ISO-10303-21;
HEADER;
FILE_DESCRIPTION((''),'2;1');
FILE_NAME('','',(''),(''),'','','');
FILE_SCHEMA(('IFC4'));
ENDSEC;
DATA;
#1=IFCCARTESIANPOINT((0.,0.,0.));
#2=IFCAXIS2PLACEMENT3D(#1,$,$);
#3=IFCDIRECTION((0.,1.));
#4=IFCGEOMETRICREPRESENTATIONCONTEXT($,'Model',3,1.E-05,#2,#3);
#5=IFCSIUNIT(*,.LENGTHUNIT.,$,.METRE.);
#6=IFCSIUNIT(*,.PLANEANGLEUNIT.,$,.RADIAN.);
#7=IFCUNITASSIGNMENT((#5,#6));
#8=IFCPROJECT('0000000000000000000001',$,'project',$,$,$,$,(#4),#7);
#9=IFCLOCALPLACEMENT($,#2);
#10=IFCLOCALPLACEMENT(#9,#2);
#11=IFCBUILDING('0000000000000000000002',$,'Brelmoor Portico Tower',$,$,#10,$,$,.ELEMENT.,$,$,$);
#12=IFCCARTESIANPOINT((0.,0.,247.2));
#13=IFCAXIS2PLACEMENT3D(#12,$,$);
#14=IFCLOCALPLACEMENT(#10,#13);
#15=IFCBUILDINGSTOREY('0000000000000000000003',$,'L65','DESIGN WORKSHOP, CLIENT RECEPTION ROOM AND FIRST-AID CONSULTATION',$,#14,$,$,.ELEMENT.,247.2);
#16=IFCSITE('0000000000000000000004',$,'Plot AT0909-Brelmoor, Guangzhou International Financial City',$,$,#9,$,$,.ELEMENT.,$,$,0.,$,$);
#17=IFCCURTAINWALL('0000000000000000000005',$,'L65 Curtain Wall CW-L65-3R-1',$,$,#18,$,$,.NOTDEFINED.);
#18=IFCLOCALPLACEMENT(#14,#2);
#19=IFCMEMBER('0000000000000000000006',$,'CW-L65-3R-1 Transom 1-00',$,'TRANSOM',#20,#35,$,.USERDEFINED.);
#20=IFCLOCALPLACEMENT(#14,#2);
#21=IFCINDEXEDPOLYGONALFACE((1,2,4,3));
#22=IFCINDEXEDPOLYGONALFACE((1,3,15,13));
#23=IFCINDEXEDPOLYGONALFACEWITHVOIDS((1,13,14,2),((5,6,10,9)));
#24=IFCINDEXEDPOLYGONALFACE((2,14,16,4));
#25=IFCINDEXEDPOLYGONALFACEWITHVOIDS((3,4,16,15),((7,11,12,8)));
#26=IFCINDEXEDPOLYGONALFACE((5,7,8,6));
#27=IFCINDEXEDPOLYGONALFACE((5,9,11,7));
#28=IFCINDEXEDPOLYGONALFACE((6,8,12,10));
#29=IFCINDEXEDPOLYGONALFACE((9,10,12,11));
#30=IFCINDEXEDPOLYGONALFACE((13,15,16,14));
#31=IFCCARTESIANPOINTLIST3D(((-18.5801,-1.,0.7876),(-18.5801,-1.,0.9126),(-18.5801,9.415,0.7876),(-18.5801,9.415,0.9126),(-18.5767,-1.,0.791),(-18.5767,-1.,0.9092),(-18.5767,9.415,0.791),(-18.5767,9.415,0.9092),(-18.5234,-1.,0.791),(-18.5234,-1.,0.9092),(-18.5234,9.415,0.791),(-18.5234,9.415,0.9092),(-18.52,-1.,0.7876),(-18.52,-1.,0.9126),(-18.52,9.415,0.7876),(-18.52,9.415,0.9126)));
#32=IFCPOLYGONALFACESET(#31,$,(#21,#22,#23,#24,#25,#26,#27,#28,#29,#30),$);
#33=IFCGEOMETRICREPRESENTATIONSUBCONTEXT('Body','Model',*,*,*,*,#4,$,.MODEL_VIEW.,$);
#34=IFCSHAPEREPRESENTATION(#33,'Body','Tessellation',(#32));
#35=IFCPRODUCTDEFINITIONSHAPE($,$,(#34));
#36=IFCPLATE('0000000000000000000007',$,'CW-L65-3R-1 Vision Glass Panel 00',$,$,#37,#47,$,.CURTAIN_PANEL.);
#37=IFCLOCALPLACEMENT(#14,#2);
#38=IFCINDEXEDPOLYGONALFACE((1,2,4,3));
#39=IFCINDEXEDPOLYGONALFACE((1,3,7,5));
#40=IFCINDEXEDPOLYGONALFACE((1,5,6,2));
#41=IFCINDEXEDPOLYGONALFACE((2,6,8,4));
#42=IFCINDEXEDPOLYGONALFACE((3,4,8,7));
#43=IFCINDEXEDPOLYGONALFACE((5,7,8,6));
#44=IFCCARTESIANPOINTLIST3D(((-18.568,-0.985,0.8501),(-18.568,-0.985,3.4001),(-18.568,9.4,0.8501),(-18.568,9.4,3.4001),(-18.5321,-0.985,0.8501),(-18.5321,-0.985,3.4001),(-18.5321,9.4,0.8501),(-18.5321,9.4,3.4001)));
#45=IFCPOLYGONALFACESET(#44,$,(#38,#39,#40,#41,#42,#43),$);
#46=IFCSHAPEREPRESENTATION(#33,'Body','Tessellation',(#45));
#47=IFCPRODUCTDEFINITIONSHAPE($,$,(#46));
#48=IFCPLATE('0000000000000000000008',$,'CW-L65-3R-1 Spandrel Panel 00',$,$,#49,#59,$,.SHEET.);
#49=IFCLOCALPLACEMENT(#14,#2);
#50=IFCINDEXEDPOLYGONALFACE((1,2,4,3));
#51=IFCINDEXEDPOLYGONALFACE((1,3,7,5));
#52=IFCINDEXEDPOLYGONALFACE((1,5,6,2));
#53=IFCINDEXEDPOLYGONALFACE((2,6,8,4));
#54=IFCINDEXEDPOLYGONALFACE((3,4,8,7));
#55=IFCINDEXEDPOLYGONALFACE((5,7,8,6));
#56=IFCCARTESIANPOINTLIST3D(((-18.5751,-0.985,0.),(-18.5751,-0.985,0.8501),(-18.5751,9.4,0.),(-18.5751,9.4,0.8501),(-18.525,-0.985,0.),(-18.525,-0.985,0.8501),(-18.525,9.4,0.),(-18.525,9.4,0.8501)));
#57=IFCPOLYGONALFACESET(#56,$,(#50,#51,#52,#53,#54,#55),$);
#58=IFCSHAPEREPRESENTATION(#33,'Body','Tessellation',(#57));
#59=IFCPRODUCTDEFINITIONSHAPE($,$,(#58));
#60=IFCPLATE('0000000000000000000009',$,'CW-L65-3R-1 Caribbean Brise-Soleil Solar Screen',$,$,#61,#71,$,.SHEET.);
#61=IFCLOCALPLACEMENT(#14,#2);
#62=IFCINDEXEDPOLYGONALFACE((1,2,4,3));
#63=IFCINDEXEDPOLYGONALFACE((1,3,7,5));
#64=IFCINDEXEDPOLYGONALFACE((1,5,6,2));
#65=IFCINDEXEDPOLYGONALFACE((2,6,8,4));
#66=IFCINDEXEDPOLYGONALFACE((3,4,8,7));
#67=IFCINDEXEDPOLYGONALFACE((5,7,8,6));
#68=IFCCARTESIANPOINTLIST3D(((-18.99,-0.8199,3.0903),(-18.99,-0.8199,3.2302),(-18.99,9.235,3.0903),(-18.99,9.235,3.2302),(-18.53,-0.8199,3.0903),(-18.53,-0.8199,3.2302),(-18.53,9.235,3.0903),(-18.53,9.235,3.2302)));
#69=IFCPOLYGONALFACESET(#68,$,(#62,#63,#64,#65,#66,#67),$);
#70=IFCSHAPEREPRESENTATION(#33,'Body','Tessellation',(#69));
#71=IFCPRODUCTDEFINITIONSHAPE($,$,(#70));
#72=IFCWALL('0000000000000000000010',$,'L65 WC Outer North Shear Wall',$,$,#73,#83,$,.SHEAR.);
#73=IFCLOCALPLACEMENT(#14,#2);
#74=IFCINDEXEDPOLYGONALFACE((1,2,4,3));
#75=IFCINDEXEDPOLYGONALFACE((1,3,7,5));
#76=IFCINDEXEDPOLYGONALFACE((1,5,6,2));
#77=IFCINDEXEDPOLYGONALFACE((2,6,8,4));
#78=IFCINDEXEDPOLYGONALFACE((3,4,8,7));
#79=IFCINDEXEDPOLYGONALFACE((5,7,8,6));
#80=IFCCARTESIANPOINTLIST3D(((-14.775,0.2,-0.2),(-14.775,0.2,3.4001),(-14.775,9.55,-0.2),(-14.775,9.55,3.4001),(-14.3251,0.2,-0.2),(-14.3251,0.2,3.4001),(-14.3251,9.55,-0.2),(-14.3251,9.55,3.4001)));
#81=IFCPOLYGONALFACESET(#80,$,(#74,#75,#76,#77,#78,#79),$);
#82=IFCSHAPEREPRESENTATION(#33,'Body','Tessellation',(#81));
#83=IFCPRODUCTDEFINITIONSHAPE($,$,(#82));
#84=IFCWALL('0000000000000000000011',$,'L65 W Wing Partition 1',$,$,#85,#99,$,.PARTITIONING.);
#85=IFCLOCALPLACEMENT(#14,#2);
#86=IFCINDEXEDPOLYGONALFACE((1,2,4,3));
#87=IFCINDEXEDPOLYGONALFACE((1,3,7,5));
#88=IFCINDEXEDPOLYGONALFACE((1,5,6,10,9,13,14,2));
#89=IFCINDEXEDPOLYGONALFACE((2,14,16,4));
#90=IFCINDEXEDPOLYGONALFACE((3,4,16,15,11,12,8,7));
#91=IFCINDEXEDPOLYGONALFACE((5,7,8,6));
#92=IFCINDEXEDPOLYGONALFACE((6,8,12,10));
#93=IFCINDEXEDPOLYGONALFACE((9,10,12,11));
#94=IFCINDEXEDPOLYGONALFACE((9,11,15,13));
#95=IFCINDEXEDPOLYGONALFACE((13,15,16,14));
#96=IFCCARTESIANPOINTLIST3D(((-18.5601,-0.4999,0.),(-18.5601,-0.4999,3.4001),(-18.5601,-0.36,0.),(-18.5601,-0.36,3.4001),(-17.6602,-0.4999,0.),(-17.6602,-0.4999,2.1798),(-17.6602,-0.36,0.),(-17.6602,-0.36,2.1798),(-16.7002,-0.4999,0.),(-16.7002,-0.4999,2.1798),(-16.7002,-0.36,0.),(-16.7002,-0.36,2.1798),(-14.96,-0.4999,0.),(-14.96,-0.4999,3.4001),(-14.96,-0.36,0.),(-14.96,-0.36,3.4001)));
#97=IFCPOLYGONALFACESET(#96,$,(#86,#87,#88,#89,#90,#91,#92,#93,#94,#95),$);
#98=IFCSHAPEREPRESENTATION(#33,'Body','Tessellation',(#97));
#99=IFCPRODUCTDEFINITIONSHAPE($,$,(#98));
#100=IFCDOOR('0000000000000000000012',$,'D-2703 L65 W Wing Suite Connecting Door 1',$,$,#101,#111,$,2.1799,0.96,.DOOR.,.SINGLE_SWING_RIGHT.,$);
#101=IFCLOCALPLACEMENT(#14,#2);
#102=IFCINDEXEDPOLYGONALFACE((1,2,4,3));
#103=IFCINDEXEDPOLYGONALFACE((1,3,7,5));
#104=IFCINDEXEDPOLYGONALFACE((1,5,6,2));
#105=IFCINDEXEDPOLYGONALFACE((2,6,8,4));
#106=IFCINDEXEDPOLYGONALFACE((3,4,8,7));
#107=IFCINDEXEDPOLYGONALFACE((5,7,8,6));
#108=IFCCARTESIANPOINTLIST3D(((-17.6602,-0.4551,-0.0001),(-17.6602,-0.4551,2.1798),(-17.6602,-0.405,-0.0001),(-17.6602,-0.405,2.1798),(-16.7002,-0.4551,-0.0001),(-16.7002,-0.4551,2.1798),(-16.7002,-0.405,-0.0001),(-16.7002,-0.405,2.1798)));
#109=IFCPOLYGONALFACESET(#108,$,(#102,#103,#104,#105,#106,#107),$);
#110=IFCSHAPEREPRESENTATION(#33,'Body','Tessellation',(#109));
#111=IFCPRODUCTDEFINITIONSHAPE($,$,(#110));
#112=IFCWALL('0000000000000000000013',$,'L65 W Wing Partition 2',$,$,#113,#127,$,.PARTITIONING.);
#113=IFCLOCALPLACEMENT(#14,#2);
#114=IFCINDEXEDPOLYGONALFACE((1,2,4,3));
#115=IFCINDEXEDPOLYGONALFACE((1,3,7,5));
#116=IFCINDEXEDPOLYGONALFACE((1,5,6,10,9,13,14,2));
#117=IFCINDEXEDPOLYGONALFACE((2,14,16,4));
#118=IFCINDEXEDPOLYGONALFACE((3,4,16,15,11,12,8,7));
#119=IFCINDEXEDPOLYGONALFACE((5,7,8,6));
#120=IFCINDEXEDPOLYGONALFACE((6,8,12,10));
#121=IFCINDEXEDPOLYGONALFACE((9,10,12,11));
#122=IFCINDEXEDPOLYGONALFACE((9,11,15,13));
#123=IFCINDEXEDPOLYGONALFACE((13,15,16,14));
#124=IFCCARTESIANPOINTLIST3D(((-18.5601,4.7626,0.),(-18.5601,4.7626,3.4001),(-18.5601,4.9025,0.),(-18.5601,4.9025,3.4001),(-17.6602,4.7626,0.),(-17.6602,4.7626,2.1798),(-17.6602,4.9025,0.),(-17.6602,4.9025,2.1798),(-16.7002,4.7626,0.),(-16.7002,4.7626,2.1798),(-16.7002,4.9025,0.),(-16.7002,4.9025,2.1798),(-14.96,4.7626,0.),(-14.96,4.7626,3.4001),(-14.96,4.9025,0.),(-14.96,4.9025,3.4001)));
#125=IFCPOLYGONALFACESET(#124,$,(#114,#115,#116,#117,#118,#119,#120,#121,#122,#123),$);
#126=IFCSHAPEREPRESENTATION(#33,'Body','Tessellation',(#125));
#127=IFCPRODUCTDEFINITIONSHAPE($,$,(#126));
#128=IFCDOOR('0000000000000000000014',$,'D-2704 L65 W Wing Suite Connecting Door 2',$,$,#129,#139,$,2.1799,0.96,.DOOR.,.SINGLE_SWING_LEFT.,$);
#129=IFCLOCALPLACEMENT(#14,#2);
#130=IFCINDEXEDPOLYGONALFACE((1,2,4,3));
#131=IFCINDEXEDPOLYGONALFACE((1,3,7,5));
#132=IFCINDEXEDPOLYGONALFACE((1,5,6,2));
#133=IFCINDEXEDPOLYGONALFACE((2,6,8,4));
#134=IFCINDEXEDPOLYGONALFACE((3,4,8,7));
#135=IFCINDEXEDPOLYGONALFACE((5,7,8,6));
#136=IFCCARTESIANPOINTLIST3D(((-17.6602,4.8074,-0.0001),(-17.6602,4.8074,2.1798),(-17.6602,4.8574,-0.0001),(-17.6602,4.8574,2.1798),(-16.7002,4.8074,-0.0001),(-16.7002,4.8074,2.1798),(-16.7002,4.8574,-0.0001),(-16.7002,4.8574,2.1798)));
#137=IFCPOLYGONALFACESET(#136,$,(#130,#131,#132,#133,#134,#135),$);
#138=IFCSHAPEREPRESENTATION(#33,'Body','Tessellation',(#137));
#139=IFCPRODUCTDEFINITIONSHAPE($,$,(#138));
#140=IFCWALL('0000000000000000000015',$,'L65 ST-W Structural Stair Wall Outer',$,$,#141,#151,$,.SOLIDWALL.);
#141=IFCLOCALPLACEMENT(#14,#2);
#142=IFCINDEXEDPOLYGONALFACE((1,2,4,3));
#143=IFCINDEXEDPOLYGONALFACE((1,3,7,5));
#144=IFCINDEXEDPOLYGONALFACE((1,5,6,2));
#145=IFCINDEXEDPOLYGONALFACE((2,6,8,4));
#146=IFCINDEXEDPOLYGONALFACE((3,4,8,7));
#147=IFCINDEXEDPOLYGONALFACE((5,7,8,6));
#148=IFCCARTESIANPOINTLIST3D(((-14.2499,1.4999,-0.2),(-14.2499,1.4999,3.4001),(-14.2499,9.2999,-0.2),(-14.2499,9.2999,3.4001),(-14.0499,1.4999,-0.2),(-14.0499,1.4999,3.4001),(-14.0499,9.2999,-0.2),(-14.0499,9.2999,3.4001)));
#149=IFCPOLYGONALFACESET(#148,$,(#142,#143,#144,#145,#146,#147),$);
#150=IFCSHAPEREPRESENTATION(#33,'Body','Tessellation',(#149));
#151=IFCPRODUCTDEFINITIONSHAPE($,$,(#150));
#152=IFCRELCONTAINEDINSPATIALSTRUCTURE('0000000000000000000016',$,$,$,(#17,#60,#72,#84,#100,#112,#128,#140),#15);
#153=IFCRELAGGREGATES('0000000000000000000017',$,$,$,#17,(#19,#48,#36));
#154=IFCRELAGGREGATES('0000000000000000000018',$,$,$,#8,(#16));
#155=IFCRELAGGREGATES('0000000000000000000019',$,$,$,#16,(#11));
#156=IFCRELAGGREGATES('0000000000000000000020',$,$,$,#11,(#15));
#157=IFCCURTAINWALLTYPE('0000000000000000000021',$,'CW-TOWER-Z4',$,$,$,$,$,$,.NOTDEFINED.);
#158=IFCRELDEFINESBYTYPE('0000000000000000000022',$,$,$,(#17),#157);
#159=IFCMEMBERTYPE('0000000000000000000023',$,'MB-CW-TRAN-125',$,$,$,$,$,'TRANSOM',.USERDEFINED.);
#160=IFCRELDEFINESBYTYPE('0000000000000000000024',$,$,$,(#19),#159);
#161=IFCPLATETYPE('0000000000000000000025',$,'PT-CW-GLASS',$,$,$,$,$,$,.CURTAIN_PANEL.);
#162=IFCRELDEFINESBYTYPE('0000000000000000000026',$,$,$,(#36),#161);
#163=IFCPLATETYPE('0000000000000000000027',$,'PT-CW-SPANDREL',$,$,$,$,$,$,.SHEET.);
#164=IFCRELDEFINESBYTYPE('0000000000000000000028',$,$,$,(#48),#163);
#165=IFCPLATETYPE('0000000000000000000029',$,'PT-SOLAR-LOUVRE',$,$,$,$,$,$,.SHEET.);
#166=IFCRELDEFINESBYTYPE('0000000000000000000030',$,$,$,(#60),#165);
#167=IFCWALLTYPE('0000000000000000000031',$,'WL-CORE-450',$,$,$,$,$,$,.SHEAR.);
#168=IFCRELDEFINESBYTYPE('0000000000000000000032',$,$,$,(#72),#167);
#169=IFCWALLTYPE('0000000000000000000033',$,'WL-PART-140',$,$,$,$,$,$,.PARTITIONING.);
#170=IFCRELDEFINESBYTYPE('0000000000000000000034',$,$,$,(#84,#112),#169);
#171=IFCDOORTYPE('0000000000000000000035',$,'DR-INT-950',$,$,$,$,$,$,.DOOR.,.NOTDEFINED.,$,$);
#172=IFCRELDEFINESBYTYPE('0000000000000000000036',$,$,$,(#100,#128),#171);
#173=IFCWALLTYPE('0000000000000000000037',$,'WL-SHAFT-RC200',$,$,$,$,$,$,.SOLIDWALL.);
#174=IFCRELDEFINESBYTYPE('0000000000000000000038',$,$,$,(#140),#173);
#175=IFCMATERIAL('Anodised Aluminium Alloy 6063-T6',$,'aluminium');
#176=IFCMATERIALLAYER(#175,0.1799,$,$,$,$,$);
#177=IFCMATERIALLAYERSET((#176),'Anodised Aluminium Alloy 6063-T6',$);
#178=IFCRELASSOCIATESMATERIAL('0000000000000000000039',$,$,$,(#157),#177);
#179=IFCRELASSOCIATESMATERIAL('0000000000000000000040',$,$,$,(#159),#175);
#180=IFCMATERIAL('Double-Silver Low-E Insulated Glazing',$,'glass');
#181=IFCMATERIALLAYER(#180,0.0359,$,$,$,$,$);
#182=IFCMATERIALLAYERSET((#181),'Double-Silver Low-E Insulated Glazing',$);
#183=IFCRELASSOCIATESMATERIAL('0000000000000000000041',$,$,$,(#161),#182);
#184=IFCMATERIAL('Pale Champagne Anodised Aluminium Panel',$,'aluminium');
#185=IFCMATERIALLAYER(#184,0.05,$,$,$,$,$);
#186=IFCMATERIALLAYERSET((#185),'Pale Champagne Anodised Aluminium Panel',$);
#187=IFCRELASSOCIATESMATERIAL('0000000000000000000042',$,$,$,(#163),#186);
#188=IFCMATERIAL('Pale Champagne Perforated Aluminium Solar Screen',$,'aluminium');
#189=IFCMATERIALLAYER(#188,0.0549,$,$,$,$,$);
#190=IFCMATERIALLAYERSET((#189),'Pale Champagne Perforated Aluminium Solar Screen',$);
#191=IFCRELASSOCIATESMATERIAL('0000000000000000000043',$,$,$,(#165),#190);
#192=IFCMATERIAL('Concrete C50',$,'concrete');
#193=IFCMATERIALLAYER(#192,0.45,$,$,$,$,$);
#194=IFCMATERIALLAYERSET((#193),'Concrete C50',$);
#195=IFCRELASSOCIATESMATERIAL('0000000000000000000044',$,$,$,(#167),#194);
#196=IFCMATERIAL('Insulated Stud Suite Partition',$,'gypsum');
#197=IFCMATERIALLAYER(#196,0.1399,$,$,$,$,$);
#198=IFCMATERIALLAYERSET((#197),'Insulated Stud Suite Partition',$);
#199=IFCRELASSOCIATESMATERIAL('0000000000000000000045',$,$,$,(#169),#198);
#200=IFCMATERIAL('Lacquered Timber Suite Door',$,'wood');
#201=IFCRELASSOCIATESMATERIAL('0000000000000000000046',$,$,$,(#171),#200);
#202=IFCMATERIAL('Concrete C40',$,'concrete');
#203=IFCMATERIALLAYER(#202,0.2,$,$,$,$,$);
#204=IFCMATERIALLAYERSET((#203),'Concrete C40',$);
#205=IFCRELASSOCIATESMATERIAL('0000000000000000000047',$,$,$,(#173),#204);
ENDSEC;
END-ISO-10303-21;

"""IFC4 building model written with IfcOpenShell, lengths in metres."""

from ifc_helpers import new_model, si_unit, direction, frame, frame_2d, origin, origin_2d, place, context, subcontext, project, spatial, rectangle, hollow_rectangle, extrude, material, layer, layer_set, material_profile, profile_set, type_object, element, fill, aggregate, save


model = new_model("IFC4")

# Units and contexts
model_context = context("Model", 3, precision=1e-05, world=origin(), true_north=direction((0.0, 1.0)))
body_context = subcontext(model_context, "Body", "Model", "MODEL_VIEW")
ifc_project = project(units=[si_unit("LENGTHUNIT", "METRE"), si_unit("PLANEANGLEUNIT", "RADIAN")], contexts=[model_context])

# Site, building, storey
site_placement = place(None, origin())
site = spatial("IfcSite", under=ifc_project, at=site_placement, Name="Plot AT0909-Brelmoor, Guangzhou International Financial City", CompositionType="ELEMENT", RefElevation=0.0)
building_placement = place(site_placement, origin())
building = spatial("IfcBuilding", under=site, at=building_placement, Name="Brelmoor Portico Tower", CompositionType="ELEMENT")
storey_placement = place(building_placement, frame((0.0, 0.0, 247.2)))
storey = spatial("IfcBuildingStorey", under=building, at=storey_placement, Name="L65", Description="DESIGN WORKSHOP, CLIENT RECEPTION ROOM AND FIRST-AID CONSULTATION", CompositionType="ELEMENT", Elevation=247.2)

# Curtain wall, member, plates
ifc_material_1 = material(Name="Anodised Aluminium Alloy 6063-T6", Category="aluminium")
ifc_layer_1 = layer(ifc_material_1, 0.1799)
ifc_layer_set_1 = layer_set([ifc_layer_1], Name="Anodised Aluminium Alloy 6063-T6")
curtain_wall_type = type_object("IfcCurtainWallType", Name="CW-TOWER-Z4", PredefinedType="NOTDEFINED", material=ifc_layer_set_1)
curtain_wall_placement = place(storey_placement, origin())
curtain_wall = element("IfcCurtainWall", 1, at=curtain_wall_placement, inside=storey, type_object=curtain_wall_type, Name="L65 Curtain Wall CW-L65-3R-1", PredefinedType="NOTDEFINED")
ifc_material_profile_1 = material_profile(ifc_material_1, hollow_rectangle(XDim=0.0601, YDim=0.125, WallThickness=0.0034, at=origin_2d()), Name="ALU TRANSOM 60x125")
ifc_profile_set_1 = profile_set([ifc_material_profile_1], Name="Anodised Aluminium Alloy 6063-T6")
member_type_1 = type_object("IfcMemberType", Name="MB-CW-TRAN-125", ElementType="TRANSOM", PredefinedType="USERDEFINED", material=ifc_profile_set_1)
member_1_placement = place(storey_placement, frame((-18.55, -1.0, 0.8501), z_axis=(0.0, 1.0, 0.0), x_axis=(-1.0, 0.0, 0.0)))
member_1 = element("IfcMember", 2, at=member_1_placement, type_object=member_type_1, Name="CW-L65-3R-1 Transom 1-00", ObjectType="TRANSOM", PredefinedType="USERDEFINED", context=body_context, shape_type="SweptSolid", body=[
    extrude(hollow_rectangle(XDim=0.0601, YDim=0.125, WallThickness=0.0034, at=origin_2d()), origin(), (0.0, 0.0, 1.0), 10.415),
])
ifc_material_2 = material(Name="Double-Silver Low-E Insulated Glazing", Category="glass")
ifc_layer_2 = layer(ifc_material_2, 0.0359)
ifc_layer_set_2 = layer_set([ifc_layer_2], Name="Double-Silver Low-E Insulated Glazing")
plate_type_1 = type_object("IfcPlateType", Name="PT-CW-GLASS", PredefinedType="CURTAIN_PANEL", material=ifc_layer_set_2)
plate_1_placement = place(storey_placement, frame((-18.55, 4.2075, 0.8501), z_axis=(0.0, 0.0, 1.0), x_axis=(0.0, 1.0, 0.0)))
plate_1 = element("IfcPlate", 3, at=plate_1_placement, type_object=plate_type_1, Name="CW-L65-3R-1 Vision Glass Panel 00", PredefinedType="CURTAIN_PANEL", context=body_context, shape_type="SweptSolid", body=[
    extrude(rectangle(XDim=10.385, YDim=0.0359, at=origin_2d()), origin(), (0.0, 0.0, 1.0), 2.55),
])
ifc_material_3 = material(Name="Pale Champagne Anodised Aluminium Panel", Category="aluminium")
ifc_layer_3 = layer(ifc_material_3, 0.05)
ifc_layer_set_3 = layer_set([ifc_layer_3], Name="Pale Champagne Anodised Aluminium Panel")
plate_type_2 = type_object("IfcPlateType", Name="PT-CW-SPANDREL", PredefinedType="SHEET", material=ifc_layer_set_3)
plate_2_placement = place(storey_placement, frame((-18.55, 4.2075, 0.0), z_axis=(0.0, 0.0, 1.0), x_axis=(0.0, 1.0, 0.0)))
plate_2 = element("IfcPlate", 4, at=plate_2_placement, type_object=plate_type_2, Name="CW-L65-3R-1 Spandrel Panel 00", PredefinedType="SHEET", context=body_context, shape_type="SweptSolid", body=[
    extrude(rectangle(XDim=10.385, YDim=0.05, at=origin_2d()), origin(), (0.0, 0.0, 1.0), 0.8501),
])
aggregate(curtain_wall, [member_1, plate_2, plate_1])

# Plate
ifc_material_4 = material(Name="Pale Champagne Perforated Aluminium Solar Screen", Category="aluminium")
ifc_layer_4 = layer(ifc_material_4, 0.0549)
ifc_layer_set_4 = layer_set([ifc_layer_4], Name="Pale Champagne Perforated Aluminium Solar Screen")
plate_type_3 = type_object("IfcPlateType", Name="PT-SOLAR-LOUVRE", PredefinedType="SHEET", material=ifc_layer_set_4)
plate_3_placement = place(storey_placement, frame((-18.76, 4.2075, 3.0903), z_axis=(0.0, 0.0, 1.0), x_axis=(0.0, 1.0, 0.0)))
element("IfcPlate", 5, at=plate_3_placement, inside=storey, type_object=plate_type_3, Name="CW-L65-3R-1 Caribbean Brise-Soleil Solar Screen", PredefinedType="SHEET", context=body_context, shape_type="SweptSolid", body=[
    extrude(rectangle(XDim=10.0549, YDim=0.46, at=origin_2d()), origin(), (0.0, 0.0, 1.0), 0.1399),
])

# Wall
ifc_material_5 = material(Name="Concrete C50", Category="concrete")
ifc_layer_5 = layer(ifc_material_5, 0.45)
ifc_layer_set_5 = layer_set([ifc_layer_5], Name="Concrete C50")
wall_type_1 = type_object("IfcWallType", Name="WL-CORE-450", PredefinedType="SHEAR", material=ifc_layer_set_5)
wall_1_placement = place(storey_placement, frame((-14.55, 0.2, -0.2), z_axis=(0.0, 0.0, 1.0), x_axis=(0.0, 1.0, 0.0)))
element("IfcWall", 6, at=wall_1_placement, inside=storey, type_object=wall_type_1, Name="L65 WC Outer North Shear Wall", PredefinedType="SHEAR", context=body_context, shape_type="SweptSolid", body=[
    extrude(rectangle(XDim=9.3501, YDim=0.45, at=frame_2d((4.675, 0.0))), origin(), (0.0, 0.0, 1.0), 3.6001),
])

# Walls, openings, doors
ifc_material_6 = material(Name="Insulated Stud Suite Partition", Category="gypsum")
ifc_layer_6 = layer(ifc_material_6, 0.1399)
ifc_layer_set_6 = layer_set([ifc_layer_6], Name="Insulated Stud Suite Partition")
wall_type_2 = type_object("IfcWallType", Name="WL-PART-140", PredefinedType="PARTITIONING", material=ifc_layer_set_6)
wall_2_placement = place(storey_placement, frame((-18.5601, -0.4299, 0.0), z_axis=(0.0, 0.0, 1.0), x_axis=(1.0, 0.0, 0.0)))
wall_2 = element("IfcWall", 7, at=wall_2_placement, inside=storey, type_object=wall_type_2, Name="L65 W Wing Partition 1", PredefinedType="PARTITIONING", context=body_context, shape_type="SweptSolid", body=[
    extrude(rectangle(XDim=3.6001, YDim=0.1399, at=frame_2d((1.8, 0.0))), origin(), (0.0, 0.0, 1.0), 3.4001),
])
opening_1_placement = place(wall_2_placement, frame((0.8999, 0.0, 0.0)))
opening_1 = element("IfcOpeningElement", 8, at=opening_1_placement, cuts=wall_2, PredefinedType="OPENING", context=body_context, shape_type="SweptSolid", body=[
    extrude(rectangle(XDim=0.96, YDim=2.1799, at=frame_2d((0.48, 1.0898))), frame((0.0, 0.0798, 0.0), z_axis=(0.0, -1.0, 0.0), x_axis=(1.0, 0.0, 0.0)), (0.0, 0.0, 1.0), 0.1599),
])
ifc_material_7 = material(Name="Lacquered Timber Suite Door", Category="wood")
door_type_1 = type_object("IfcDoorType", Name="DR-INT-950", OperationType="NOTDEFINED", PredefinedType="DOOR", material=ifc_material_7)
door_1_placement = place(opening_1_placement, origin())
door_1 = element("IfcDoor", 9, at=door_1_placement, inside=storey, type_object=door_type_1, Name="D-2703 L65 W Wing Suite Connecting Door 1", OperationType="SINGLE_SWING_RIGHT", OverallHeight=2.1799, OverallWidth=0.96, PredefinedType="DOOR", context=body_context, shape_type="SweptSolid", body=[
    extrude(rectangle(XDim=0.96, YDim=2.1799, at=frame_2d((0.48, 1.0898))), frame((0.0, 0.0249, 0.0), z_axis=(0.0, -1.0, 0.0), x_axis=(1.0, 0.0, 0.0)), (0.0, 0.0, 1.0), 0.05),
])
fill(opening_1, door_1)
wall_3_placement = place(storey_placement, frame((-18.5601, 4.8325, 0.0), z_axis=(0.0, 0.0, 1.0), x_axis=(1.0, 0.0, 0.0)))
wall_3 = element("IfcWall", 10, at=wall_3_placement, inside=storey, type_object=wall_type_2, Name="L65 W Wing Partition 2", PredefinedType="PARTITIONING", context=body_context, shape_type="SweptSolid", body=[
    extrude(rectangle(XDim=3.6001, YDim=0.1399, at=frame_2d((1.8, 0.0))), origin(), (0.0, 0.0, 1.0), 3.4001),
])
opening_2_placement = place(wall_3_placement, frame((0.8999, 0.0, 0.0)))
opening_2 = element("IfcOpeningElement", 11, at=opening_2_placement, cuts=wall_3, PredefinedType="OPENING", context=body_context, shape_type="SweptSolid", body=[
    extrude(rectangle(XDim=0.96, YDim=2.1799, at=frame_2d((0.48, 1.0898))), frame((0.0, 0.0798, 0.0), z_axis=(0.0, -1.0, 0.0), x_axis=(1.0, 0.0, 0.0)), (0.0, 0.0, 1.0), 0.1599),
])
door_2_placement = place(opening_2_placement, origin())
door_2 = element("IfcDoor", 12, at=door_2_placement, inside=storey, type_object=door_type_1, Name="D-2704 L65 W Wing Suite Connecting Door 2", OperationType="SINGLE_SWING_LEFT", OverallHeight=2.1799, OverallWidth=0.96, PredefinedType="DOOR", context=body_context, shape_type="SweptSolid", body=[
    extrude(rectangle(XDim=0.96, YDim=2.1799, at=frame_2d((0.48, 1.0898))), frame((0.0, 0.0249, 0.0), z_axis=(0.0, -1.0, 0.0), x_axis=(1.0, 0.0, 0.0)), (0.0, 0.0, 1.0), 0.05),
])
fill(opening_2, door_2)

# Wall
ifc_material_8 = material(Name="Concrete C40", Category="concrete")
ifc_layer_7 = layer(ifc_material_8, 0.2)
ifc_layer_set_7 = layer_set([ifc_layer_7], Name="Concrete C40")
wall_type_3 = type_object("IfcWallType", Name="WL-SHAFT-RC200", PredefinedType="SOLIDWALL", material=ifc_layer_set_7)
wall_4_placement = place(storey_placement, frame((-14.1499, 1.5, -0.2), z_axis=(0.0, 0.0, 1.0), x_axis=(0.0, 1.0, 0.0)))
element("IfcWall", 13, at=wall_4_placement, inside=storey, type_object=wall_type_3, Name="L65 ST-W Structural Stair Wall Outer", PredefinedType="SOLIDWALL", context=body_context, shape_type="SweptSolid", body=[
    extrude(rectangle(XDim=7.8, YDim=0.2, at=frame_2d((3.8999, 0.0))), origin(), (0.0, 0.0, 1.0), 3.6001),
])

save(model, "model.ifc")
